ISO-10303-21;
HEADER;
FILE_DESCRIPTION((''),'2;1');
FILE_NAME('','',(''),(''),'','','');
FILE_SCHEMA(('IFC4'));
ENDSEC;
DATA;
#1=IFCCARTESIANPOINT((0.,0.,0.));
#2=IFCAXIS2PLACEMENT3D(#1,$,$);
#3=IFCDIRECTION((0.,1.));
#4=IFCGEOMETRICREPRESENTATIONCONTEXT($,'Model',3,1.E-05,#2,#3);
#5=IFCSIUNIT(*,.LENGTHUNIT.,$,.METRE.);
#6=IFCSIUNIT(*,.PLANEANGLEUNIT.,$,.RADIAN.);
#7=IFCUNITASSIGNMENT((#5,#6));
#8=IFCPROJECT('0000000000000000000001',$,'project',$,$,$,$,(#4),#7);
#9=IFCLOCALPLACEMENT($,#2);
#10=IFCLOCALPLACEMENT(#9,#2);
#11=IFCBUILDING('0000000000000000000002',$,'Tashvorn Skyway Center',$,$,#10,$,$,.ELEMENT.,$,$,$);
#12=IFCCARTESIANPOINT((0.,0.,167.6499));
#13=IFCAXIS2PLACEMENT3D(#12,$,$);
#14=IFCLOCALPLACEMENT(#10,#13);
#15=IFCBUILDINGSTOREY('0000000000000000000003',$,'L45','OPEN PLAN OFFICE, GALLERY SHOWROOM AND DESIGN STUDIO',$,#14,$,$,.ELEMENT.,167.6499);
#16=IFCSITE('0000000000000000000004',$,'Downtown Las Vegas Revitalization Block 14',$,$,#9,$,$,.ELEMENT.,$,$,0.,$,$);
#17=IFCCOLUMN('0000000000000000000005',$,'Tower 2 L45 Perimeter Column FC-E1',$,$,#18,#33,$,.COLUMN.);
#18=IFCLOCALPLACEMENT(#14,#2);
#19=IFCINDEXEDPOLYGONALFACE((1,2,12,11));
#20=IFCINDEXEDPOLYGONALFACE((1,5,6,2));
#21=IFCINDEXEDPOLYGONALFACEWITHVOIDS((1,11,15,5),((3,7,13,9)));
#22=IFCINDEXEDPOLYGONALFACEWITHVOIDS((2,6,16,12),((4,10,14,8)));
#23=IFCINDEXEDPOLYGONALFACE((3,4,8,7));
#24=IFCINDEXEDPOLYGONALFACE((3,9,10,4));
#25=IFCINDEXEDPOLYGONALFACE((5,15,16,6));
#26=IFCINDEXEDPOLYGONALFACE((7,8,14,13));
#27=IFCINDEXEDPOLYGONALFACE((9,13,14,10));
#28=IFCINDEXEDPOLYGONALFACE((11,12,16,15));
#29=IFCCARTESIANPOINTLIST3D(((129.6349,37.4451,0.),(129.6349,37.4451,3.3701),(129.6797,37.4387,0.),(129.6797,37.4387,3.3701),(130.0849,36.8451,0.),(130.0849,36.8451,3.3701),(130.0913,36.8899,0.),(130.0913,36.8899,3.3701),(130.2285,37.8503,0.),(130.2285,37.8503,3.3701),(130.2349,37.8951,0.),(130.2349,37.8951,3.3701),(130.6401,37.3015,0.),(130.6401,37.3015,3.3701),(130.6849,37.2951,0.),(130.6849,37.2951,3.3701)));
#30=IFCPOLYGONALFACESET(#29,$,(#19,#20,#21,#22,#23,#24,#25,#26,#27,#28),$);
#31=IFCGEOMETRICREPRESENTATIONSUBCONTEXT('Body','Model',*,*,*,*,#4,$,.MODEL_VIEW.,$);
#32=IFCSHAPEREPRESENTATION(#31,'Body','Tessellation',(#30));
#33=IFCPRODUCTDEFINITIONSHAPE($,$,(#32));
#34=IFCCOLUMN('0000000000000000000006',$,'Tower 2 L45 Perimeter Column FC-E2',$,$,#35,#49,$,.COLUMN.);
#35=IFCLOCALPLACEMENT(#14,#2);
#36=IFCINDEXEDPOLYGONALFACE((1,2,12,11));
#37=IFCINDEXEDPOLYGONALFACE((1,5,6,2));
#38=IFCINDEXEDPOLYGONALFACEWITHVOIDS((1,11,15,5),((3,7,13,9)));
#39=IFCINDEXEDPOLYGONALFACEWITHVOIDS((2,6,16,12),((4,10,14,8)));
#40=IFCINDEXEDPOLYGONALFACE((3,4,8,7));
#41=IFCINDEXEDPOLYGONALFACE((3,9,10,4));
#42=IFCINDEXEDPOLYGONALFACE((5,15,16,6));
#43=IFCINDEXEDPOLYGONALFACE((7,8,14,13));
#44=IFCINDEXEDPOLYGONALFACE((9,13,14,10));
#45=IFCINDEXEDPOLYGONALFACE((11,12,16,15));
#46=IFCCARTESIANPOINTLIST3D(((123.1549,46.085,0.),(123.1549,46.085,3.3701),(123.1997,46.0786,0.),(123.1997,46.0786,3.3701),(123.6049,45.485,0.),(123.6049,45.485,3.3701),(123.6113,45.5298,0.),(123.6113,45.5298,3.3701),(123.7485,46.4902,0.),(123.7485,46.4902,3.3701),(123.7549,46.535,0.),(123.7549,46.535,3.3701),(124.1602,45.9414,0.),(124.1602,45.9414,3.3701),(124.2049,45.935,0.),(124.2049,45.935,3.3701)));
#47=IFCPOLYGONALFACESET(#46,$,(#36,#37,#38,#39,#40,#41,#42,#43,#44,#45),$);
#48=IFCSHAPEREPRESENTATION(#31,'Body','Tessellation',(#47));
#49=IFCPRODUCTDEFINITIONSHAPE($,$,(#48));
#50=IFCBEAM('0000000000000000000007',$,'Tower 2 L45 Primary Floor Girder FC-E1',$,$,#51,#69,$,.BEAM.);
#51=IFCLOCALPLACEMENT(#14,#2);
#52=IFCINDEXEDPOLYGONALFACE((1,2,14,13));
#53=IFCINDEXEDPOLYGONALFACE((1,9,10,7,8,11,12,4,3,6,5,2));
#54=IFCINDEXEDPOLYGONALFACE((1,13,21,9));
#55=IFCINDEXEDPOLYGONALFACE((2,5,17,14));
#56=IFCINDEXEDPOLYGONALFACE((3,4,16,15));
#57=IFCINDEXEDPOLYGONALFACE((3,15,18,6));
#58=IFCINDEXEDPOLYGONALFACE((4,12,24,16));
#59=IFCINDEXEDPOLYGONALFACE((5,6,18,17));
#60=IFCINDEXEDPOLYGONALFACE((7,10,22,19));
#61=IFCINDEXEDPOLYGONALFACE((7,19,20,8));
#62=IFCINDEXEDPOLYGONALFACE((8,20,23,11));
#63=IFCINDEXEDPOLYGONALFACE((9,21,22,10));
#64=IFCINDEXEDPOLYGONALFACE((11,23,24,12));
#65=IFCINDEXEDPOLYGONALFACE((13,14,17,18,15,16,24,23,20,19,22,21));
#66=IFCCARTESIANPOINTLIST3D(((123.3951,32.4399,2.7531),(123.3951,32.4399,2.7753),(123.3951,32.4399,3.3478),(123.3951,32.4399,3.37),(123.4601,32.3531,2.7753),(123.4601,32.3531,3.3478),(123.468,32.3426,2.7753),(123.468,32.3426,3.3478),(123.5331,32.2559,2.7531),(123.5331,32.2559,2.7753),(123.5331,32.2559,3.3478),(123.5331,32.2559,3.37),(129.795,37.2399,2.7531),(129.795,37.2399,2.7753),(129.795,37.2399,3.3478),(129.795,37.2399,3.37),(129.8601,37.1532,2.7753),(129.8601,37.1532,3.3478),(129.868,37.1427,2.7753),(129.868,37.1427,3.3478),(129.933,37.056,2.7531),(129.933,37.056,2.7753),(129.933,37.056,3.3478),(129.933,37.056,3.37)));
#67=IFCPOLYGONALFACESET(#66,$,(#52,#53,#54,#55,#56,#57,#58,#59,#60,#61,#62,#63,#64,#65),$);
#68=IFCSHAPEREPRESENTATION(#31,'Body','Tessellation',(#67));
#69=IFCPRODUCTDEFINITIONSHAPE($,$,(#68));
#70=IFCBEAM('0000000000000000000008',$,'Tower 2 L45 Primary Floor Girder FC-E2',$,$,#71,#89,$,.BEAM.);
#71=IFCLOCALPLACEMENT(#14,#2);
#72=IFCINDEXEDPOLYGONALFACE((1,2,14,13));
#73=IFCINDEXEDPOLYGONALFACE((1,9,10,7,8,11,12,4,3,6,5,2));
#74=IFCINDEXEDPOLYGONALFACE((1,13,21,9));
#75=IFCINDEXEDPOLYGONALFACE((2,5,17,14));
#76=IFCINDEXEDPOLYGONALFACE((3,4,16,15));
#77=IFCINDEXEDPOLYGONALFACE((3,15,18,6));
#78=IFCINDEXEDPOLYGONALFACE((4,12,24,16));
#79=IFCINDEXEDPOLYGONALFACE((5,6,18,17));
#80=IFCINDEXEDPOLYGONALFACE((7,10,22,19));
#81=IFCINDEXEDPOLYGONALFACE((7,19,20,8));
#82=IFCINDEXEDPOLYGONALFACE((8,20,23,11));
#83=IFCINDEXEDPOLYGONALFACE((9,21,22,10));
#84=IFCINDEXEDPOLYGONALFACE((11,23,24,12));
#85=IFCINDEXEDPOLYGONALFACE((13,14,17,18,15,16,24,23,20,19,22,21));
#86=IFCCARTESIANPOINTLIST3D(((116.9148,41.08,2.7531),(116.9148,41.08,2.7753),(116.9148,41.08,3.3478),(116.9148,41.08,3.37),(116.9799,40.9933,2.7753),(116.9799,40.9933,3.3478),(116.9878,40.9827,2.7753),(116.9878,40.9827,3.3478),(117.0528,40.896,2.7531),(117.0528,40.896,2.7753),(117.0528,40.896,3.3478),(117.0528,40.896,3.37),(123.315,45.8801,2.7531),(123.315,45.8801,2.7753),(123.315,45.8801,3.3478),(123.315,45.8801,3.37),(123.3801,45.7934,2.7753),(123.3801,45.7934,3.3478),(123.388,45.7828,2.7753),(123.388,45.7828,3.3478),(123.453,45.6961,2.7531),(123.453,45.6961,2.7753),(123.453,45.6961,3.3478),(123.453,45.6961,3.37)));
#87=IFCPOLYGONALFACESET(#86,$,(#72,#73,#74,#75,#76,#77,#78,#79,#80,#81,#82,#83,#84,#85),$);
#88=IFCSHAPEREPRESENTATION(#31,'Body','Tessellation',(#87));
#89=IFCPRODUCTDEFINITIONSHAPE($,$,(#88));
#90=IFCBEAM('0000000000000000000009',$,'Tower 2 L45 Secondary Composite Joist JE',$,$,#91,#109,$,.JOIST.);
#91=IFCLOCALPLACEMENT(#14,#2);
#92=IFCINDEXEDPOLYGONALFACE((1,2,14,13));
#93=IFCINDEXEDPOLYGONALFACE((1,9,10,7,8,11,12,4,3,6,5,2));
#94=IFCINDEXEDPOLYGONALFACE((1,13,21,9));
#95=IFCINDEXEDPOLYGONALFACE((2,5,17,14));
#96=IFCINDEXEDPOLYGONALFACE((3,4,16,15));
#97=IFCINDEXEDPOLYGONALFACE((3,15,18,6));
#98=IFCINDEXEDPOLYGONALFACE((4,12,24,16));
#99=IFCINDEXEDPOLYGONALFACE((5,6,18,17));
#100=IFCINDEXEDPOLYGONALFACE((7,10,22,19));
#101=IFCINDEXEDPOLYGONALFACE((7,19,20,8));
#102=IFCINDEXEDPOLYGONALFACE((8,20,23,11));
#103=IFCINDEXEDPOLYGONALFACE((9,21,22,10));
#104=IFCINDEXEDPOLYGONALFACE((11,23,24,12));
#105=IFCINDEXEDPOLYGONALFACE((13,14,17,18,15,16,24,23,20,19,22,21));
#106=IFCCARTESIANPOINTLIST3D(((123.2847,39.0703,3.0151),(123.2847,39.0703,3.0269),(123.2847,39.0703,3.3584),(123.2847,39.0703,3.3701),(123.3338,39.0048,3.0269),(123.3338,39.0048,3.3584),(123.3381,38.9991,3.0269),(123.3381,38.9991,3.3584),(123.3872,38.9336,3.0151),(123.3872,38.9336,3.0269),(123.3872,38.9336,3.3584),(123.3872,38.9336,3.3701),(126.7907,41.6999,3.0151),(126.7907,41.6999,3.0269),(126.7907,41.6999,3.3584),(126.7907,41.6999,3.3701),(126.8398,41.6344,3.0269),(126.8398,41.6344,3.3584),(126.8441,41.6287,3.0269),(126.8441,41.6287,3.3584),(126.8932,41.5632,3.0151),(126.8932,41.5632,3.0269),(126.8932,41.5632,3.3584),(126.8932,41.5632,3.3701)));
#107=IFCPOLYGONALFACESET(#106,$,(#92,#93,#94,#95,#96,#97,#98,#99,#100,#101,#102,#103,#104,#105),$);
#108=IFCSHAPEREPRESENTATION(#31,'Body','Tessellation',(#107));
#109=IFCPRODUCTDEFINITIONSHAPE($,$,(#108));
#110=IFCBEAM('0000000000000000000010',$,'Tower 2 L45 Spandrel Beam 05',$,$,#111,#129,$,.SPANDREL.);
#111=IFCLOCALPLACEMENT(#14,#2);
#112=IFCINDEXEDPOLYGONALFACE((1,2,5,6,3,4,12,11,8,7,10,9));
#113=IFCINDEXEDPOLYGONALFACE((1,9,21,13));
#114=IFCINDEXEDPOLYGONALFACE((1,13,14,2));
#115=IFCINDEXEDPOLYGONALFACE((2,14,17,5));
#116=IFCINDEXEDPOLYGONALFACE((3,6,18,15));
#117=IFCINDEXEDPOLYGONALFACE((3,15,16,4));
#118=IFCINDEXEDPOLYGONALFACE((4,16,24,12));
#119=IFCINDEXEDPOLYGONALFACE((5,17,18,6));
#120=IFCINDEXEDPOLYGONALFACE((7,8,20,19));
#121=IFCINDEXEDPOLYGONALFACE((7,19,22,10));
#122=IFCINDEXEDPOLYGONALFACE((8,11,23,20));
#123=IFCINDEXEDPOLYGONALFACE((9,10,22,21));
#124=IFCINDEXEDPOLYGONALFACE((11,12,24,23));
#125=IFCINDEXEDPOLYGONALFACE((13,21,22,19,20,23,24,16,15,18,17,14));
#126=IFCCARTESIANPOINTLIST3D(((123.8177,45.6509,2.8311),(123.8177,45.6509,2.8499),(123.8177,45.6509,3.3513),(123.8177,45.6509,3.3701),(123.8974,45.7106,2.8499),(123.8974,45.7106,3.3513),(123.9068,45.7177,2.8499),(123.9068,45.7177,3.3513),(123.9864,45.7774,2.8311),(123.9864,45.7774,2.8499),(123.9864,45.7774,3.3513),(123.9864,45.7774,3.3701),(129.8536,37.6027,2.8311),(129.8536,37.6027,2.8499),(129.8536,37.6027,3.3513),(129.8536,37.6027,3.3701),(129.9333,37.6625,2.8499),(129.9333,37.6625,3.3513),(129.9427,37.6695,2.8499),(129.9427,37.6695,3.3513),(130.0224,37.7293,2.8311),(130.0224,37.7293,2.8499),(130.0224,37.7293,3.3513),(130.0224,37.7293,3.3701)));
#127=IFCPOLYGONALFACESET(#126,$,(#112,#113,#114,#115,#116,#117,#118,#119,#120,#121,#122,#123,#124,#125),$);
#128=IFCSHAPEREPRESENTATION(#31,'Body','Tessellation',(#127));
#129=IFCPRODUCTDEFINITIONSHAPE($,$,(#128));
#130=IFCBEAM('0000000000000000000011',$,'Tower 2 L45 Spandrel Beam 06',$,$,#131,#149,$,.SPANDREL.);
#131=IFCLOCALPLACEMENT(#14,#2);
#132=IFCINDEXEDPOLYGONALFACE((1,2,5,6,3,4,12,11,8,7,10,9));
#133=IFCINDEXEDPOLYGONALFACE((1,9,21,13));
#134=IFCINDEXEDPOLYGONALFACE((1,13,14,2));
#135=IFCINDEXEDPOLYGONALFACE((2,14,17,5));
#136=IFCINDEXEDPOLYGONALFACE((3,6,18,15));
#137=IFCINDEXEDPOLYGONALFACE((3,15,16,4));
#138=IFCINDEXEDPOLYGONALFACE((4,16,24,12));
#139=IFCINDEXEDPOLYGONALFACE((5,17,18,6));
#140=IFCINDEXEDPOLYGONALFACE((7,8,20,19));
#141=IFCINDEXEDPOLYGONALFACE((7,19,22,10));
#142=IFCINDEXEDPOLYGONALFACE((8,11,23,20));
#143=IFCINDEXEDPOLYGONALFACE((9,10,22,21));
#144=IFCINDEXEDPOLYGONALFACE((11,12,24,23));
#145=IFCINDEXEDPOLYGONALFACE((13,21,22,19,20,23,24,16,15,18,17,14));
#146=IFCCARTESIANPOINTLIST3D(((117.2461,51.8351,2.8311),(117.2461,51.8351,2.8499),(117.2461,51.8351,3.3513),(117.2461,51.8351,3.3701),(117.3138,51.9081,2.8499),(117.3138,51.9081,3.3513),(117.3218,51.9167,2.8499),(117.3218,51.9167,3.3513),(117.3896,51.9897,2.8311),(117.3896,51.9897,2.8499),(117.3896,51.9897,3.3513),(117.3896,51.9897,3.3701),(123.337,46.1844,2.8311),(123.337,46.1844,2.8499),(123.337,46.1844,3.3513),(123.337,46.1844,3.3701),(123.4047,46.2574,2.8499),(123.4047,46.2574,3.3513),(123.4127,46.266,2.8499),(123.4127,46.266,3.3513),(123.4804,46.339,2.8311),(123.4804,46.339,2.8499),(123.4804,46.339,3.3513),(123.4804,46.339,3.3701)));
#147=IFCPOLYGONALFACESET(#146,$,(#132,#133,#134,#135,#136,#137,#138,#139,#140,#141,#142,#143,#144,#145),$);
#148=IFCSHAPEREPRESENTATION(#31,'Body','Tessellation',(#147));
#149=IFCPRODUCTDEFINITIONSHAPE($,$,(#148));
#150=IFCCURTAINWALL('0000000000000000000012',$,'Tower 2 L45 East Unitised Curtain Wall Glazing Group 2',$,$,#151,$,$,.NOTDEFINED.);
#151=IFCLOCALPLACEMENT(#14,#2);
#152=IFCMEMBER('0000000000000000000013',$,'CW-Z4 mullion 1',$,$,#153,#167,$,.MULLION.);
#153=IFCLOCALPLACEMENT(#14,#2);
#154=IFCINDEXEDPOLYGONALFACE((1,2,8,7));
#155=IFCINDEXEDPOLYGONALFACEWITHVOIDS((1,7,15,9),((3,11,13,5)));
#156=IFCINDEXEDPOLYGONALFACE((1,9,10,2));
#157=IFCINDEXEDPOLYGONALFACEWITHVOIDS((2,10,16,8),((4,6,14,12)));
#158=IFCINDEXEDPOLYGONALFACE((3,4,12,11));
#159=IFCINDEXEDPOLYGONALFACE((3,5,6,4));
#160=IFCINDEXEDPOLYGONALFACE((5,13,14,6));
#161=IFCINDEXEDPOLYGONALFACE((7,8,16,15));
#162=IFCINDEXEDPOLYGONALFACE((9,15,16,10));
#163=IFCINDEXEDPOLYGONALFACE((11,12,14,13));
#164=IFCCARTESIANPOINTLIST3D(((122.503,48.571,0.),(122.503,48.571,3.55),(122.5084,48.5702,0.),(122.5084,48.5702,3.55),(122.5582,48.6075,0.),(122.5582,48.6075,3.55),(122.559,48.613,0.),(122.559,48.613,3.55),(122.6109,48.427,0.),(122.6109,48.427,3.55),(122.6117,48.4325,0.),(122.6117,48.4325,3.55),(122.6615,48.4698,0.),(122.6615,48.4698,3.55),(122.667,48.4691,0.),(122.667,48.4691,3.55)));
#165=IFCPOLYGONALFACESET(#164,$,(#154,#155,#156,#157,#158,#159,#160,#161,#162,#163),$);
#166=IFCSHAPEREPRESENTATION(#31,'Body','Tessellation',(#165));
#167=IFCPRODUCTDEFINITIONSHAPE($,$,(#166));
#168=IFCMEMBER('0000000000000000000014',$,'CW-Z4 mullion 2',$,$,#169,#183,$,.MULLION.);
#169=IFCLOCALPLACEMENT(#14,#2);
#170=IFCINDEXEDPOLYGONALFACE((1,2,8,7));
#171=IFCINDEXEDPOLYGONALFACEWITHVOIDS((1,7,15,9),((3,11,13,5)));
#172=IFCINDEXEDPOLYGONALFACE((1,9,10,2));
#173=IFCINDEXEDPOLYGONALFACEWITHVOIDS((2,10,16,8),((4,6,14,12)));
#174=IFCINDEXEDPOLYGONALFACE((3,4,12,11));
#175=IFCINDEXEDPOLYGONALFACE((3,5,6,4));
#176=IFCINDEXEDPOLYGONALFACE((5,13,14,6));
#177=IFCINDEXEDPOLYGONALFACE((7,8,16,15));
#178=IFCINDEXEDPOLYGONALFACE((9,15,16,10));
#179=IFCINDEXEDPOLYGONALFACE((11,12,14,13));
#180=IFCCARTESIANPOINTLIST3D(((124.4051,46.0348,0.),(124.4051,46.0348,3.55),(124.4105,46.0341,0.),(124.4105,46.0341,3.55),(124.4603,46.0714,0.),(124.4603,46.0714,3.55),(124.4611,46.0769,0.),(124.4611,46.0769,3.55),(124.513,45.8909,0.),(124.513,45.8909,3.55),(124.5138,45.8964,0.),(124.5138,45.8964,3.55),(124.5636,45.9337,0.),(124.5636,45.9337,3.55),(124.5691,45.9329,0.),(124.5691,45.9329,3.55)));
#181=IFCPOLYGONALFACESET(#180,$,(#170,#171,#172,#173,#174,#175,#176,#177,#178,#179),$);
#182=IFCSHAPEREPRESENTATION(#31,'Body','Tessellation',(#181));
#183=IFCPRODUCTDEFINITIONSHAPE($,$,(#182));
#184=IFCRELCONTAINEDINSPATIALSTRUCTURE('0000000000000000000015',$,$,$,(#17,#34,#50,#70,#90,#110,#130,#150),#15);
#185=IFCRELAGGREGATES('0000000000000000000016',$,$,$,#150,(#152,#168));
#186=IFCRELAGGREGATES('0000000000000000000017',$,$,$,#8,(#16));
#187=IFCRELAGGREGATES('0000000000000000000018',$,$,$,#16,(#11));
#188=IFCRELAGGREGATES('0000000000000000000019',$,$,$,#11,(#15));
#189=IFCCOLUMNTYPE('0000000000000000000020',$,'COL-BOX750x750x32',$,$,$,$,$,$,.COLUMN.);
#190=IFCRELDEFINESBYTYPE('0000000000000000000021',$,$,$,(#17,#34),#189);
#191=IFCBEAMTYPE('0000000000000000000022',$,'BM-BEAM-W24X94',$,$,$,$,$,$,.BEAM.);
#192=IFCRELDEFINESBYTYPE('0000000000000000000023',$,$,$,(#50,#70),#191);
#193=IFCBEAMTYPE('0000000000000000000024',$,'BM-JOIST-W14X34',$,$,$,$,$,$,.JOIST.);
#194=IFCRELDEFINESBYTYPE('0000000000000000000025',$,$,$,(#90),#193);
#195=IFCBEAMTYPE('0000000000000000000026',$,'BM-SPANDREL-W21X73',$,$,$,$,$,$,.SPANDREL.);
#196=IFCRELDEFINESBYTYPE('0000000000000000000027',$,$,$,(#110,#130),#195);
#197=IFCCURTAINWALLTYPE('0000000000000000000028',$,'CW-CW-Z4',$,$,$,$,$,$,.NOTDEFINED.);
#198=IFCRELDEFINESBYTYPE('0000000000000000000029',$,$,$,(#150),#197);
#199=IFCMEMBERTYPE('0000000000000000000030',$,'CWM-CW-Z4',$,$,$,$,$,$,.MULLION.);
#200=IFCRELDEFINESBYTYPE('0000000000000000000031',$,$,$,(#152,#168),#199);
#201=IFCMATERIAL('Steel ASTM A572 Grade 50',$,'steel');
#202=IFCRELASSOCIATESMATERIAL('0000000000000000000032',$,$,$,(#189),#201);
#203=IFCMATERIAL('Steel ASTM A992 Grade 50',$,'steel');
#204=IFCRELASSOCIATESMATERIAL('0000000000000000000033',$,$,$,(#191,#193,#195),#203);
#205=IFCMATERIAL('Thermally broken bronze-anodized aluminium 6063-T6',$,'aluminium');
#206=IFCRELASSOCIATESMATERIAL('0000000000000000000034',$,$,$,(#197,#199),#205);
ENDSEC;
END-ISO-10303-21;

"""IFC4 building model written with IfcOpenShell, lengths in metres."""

from ifc_helpers import new_model, si_unit, direction, frame, origin, origin_2d, place, context, subcontext, project, spatial, hollow_rectangle, i_section, extrude, material, material_profile, profile_set, type_object, element, aggregate, save


model = new_model("IFC4")

# Units and contexts
model_context = context("Model", 3, precision=1e-05, world=origin(), true_north=direction((0.0, 1.0)))
body_context = subcontext(model_context, "Body", "Model", "MODEL_VIEW")
ifc_project = project(units=[si_unit("LENGTHUNIT", "METRE"), si_unit("PLANEANGLEUNIT", "RADIAN")], contexts=[model_context])

# Site, building, storey
site_placement = place(None, origin())
site = spatial("IfcSite", under=ifc_project, at=site_placement, Name="Downtown Las Vegas Revitalization Block 14", CompositionType="ELEMENT", RefElevation=0.0)
building_placement = place(site_placement, origin())
building = spatial("IfcBuilding", under=site, at=building_placement, Name="Tashvorn Skyway Center", CompositionType="ELEMENT")
storey_placement = place(building_placement, frame((0.0, 0.0, 167.6499)))
storey = spatial("IfcBuildingStorey", under=building, at=storey_placement, Name="L45", Description="OPEN PLAN OFFICE, GALLERY SHOWROOM AND DESIGN STUDIO", CompositionType="ELEMENT", Elevation=167.6499)

# Columns
ifc_material_1 = material(Name="Steel ASTM A572 Grade 50", Category="steel")
ifc_material_profile_1 = material_profile(ifc_material_1, hollow_rectangle(XDim=0.75, YDim=0.75, WallThickness=0.032, at=origin_2d()), Name="BOX750x750x32")
ifc_profile_set_1 = profile_set([ifc_material_profile_1], Name="Steel ASTM A572 Grade 50")
column_type = type_object("IfcColumnType", Name="COL-BOX750x750x32", PredefinedType="COLUMN", material=ifc_profile_set_1)
for number, where, z_axis, x_axis, name in (
    (1, (130.1599, 37.3701, 0.0), (0.0, 0.0, 1.0), (0.8, 0.6, 0.0), "Tower 2 L45 Perimeter Column FC-E1"),
    (2, (123.6799, 46.01, 0.0), (0.0, 0.0, 1.0), (0.8, 0.6, 0.0), "Tower 2 L45 Perimeter Column FC-E2"),
):
    element("IfcColumn", number, at=place(storey_placement, frame(where, z_axis=z_axis, x_axis=x_axis)), inside=storey, type_object=column_type, Name=name, PredefinedType="COLUMN", context=body_context, shape_type="SweptSolid", body=[
        extrude(hollow_rectangle(XDim=0.75, YDim=0.75, WallThickness=0.032, at=origin_2d()), origin(), (0.0, 0.0, 1.0), 3.3701),
    ])

# Beams
ifc_material_2 = material(Name="Steel ASTM A992 Grade 50", Category="steel")
ifc_material_profile_2 = material_profile(ifc_material_2, i_section(OverallWidth=0.23, OverallDepth=0.6169, WebThickness=0.0132, FlangeThickness=0.0222, at=origin_2d()), Name="W24X94")
ifc_profile_set_2 = profile_set([ifc_material_profile_2], Name="Steel ASTM A992 Grade 50")
beam_type_1 = type_object("IfcBeamType", Name="BM-BEAM-W24X94", PredefinedType="BEAM", material=ifc_profile_set_2)
beam_1_placement = place(storey_placement, frame((129.864, 37.1479, 3.0615), z_axis=(-0.799993, -0.60001, 0.0), x_axis=(0.60001, -0.799993, 0.0)))
element("IfcBeam", 3, at=beam_1_placement, inside=storey, type_object=beam_type_1, Name="Tower 2 L45 Primary Floor Girder FC-E1", PredefinedType="BEAM", context=body_context, shape_type="SweptSolid", body=[
    extrude(i_section(OverallWidth=0.23, OverallDepth=0.6169, WebThickness=0.0132, FlangeThickness=0.0222, at=origin_2d()), origin(), (0.0, 0.0, 1.0), 8.0),
])
beam_2_placement = place(storey_placement, frame((123.384, 45.7881, 3.0615), z_axis=(-0.800004, -0.599995, 0.0), x_axis=(0.599995, -0.800004, 0.0)))
element("IfcBeam", 4, at=beam_2_placement, inside=storey, type_object=beam_type_1, Name="Tower 2 L45 Primary Floor Girder FC-E2", PredefinedType="BEAM", context=body_context, shape_type="SweptSolid", body=[
    extrude(i_section(OverallWidth=0.23, OverallDepth=0.6169, WebThickness=0.0132, FlangeThickness=0.0222, at=origin_2d()), origin(), (0.0, 0.0, 1.0), 8.0002),
])
ifc_material_profile_3 = material_profile(ifc_material_2, i_section(OverallWidth=0.1709, OverallDepth=0.355, WebThickness=0.0071, FlangeThickness=0.0117, at=origin_2d()), Name="W14X34")
ifc_profile_set_3 = profile_set([ifc_material_profile_3], Name="Steel ASTM A992 Grade 50")
beam_type_2 = type_object("IfcBeamType", Name="BM-JOIST-W14X34", PredefinedType="JOIST", material=ifc_profile_set_3)
beam_3_placement = place(storey_placement, frame((123.3359, 39.002, 3.1926), z_axis=(0.799993, 0.600009, 0.0), x_axis=(-0.600009, 0.799993, 0.0)))
element("IfcBeam", 5, at=beam_3_placement, inside=storey, type_object=beam_type_2, Name="Tower 2 L45 Secondary Composite Joist JE", PredefinedType="JOIST", context=body_context, shape_type="SweptSolid", body=[
    extrude(i_section(OverallWidth=0.1709, OverallDepth=0.355, WebThickness=0.0071, FlangeThickness=0.0117, at=origin_2d()), origin(), (0.0, 0.0, 1.0), 4.3826),
])
ifc_material_profile_4 = material_profile(ifc_material_2, i_section(OverallWidth=0.2109, OverallDepth=0.5391, WebThickness=0.0117, FlangeThickness=0.0188, at=origin_2d()), Name="W21X73")
ifc_profile_set_4 = profile_set([ifc_material_profile_4], Name="Steel ASTM A992 Grade 50")
beam_type_3 = type_object("IfcBeamType", Name="BM-SPANDREL-W21X73", PredefinedType="SPANDREL", material=ifc_profile_set_4)
beam_4_placement = place(storey_placement, frame((129.938, 37.666, 3.1006), z_axis=(-0.599988, 0.800009, 0.0), x_axis=(-0.800009, -0.599988, 0.0)))
element("IfcBeam", 6, at=beam_4_placement, inside=storey, type_object=beam_type_3, Name="Tower 2 L45 Spandrel Beam 05", PredefinedType="SPANDREL", context=body_context, shape_type="SweptSolid", body=[
    extrude(i_section(OverallWidth=0.2109, OverallDepth=0.5391, WebThickness=0.0117, FlangeThickness=0.0188, at=origin_2d()), origin(), (0.0, 0.0, 1.0), 10.0601),
])
beam_5_placement = place(storey_placement, frame((123.4087, 46.2617, 3.1006), z_axis=(-0.733101, 0.68012, 0.0), x_axis=(-0.68012, -0.733101, 0.0)))
element("IfcBeam", 7, at=beam_5_placement, inside=storey, type_object=beam_type_3, Name="Tower 2 L45 Spandrel Beam 06", PredefinedType="SPANDREL", context=body_context, shape_type="SweptSolid", body=[
    extrude(i_section(OverallWidth=0.2109, OverallDepth=0.5391, WebThickness=0.0117, FlangeThickness=0.0188, at=origin_2d()), origin(), (0.0, 0.0, 1.0), 8.3083),
])

# Curtain wall, members
ifc_material_3 = material(Name="Thermally broken bronze-anodized aluminium 6063-T6", Category="aluminium")
curtain_wall_type = type_object("IfcCurtainWallType", Name="CW-CW-Z4", PredefinedType="NOTDEFINED", material=ifc_material_3)
curtain_wall_1_placement = place(storey_placement, origin())
curtain_wall_1 = element("IfcCurtainWall", 8, at=curtain_wall_1_placement, inside=storey, type_object=curtain_wall_type, Name="Tower 2 L45 East Unitised Curtain Wall Glazing Group 2", PredefinedType="NOTDEFINED")
ifc_material_profile_5 = material_profile(ifc_material_3, hollow_rectangle(XDim=0.0701, YDim=0.1799, WallThickness=0.0039, at=origin_2d()), Name="ALU-MULL-70x180")
ifc_profile_set_5 = profile_set([ifc_material_profile_5], Name="Thermally broken bronze-anodized aluminium 6063-T6")
member_type_1 = type_object("IfcMemberType", Name="CWM-CW-Z4", PredefinedType="MULLION", material=ifc_profile_set_5)
member_1_placement = place(storey_placement, frame((122.585, 48.52, 0.0), z_axis=(0.0, 0.0, 1.0), x_axis=(0.8, 0.6, 0.0)))
member_1 = element("IfcMember", 9, at=member_1_placement, type_object=member_type_1, Name="CW-Z4 mullion 1", PredefinedType="MULLION", context=body_context, shape_type="SweptSolid", body=[
    extrude(hollow_rectangle(XDim=0.0701, YDim=0.1799, WallThickness=0.0039, at=origin_2d()), origin(), (0.0, 0.0, 1.0), 3.55),
])
member_2_placement = place(storey_placement, frame((124.4871, 45.9839, 0.0), z_axis=(0.0, 0.0, 1.0), x_axis=(0.8, 0.6, 0.0)))
member_2 = element("IfcMember", 10, at=member_2_placement, type_object=member_type_1, Name="CW-Z4 mullion 2", PredefinedType="MULLION", context=body_context, shape_type="SweptSolid", body=[
    extrude(hollow_rectangle(XDim=0.0701, YDim=0.1799, WallThickness=0.0039, at=origin_2d()), origin(), (0.0, 0.0, 1.0), 3.55),
])

aggregate(curtain_wall_1, [member_1, member_2])

save(model, "model.ifc")
